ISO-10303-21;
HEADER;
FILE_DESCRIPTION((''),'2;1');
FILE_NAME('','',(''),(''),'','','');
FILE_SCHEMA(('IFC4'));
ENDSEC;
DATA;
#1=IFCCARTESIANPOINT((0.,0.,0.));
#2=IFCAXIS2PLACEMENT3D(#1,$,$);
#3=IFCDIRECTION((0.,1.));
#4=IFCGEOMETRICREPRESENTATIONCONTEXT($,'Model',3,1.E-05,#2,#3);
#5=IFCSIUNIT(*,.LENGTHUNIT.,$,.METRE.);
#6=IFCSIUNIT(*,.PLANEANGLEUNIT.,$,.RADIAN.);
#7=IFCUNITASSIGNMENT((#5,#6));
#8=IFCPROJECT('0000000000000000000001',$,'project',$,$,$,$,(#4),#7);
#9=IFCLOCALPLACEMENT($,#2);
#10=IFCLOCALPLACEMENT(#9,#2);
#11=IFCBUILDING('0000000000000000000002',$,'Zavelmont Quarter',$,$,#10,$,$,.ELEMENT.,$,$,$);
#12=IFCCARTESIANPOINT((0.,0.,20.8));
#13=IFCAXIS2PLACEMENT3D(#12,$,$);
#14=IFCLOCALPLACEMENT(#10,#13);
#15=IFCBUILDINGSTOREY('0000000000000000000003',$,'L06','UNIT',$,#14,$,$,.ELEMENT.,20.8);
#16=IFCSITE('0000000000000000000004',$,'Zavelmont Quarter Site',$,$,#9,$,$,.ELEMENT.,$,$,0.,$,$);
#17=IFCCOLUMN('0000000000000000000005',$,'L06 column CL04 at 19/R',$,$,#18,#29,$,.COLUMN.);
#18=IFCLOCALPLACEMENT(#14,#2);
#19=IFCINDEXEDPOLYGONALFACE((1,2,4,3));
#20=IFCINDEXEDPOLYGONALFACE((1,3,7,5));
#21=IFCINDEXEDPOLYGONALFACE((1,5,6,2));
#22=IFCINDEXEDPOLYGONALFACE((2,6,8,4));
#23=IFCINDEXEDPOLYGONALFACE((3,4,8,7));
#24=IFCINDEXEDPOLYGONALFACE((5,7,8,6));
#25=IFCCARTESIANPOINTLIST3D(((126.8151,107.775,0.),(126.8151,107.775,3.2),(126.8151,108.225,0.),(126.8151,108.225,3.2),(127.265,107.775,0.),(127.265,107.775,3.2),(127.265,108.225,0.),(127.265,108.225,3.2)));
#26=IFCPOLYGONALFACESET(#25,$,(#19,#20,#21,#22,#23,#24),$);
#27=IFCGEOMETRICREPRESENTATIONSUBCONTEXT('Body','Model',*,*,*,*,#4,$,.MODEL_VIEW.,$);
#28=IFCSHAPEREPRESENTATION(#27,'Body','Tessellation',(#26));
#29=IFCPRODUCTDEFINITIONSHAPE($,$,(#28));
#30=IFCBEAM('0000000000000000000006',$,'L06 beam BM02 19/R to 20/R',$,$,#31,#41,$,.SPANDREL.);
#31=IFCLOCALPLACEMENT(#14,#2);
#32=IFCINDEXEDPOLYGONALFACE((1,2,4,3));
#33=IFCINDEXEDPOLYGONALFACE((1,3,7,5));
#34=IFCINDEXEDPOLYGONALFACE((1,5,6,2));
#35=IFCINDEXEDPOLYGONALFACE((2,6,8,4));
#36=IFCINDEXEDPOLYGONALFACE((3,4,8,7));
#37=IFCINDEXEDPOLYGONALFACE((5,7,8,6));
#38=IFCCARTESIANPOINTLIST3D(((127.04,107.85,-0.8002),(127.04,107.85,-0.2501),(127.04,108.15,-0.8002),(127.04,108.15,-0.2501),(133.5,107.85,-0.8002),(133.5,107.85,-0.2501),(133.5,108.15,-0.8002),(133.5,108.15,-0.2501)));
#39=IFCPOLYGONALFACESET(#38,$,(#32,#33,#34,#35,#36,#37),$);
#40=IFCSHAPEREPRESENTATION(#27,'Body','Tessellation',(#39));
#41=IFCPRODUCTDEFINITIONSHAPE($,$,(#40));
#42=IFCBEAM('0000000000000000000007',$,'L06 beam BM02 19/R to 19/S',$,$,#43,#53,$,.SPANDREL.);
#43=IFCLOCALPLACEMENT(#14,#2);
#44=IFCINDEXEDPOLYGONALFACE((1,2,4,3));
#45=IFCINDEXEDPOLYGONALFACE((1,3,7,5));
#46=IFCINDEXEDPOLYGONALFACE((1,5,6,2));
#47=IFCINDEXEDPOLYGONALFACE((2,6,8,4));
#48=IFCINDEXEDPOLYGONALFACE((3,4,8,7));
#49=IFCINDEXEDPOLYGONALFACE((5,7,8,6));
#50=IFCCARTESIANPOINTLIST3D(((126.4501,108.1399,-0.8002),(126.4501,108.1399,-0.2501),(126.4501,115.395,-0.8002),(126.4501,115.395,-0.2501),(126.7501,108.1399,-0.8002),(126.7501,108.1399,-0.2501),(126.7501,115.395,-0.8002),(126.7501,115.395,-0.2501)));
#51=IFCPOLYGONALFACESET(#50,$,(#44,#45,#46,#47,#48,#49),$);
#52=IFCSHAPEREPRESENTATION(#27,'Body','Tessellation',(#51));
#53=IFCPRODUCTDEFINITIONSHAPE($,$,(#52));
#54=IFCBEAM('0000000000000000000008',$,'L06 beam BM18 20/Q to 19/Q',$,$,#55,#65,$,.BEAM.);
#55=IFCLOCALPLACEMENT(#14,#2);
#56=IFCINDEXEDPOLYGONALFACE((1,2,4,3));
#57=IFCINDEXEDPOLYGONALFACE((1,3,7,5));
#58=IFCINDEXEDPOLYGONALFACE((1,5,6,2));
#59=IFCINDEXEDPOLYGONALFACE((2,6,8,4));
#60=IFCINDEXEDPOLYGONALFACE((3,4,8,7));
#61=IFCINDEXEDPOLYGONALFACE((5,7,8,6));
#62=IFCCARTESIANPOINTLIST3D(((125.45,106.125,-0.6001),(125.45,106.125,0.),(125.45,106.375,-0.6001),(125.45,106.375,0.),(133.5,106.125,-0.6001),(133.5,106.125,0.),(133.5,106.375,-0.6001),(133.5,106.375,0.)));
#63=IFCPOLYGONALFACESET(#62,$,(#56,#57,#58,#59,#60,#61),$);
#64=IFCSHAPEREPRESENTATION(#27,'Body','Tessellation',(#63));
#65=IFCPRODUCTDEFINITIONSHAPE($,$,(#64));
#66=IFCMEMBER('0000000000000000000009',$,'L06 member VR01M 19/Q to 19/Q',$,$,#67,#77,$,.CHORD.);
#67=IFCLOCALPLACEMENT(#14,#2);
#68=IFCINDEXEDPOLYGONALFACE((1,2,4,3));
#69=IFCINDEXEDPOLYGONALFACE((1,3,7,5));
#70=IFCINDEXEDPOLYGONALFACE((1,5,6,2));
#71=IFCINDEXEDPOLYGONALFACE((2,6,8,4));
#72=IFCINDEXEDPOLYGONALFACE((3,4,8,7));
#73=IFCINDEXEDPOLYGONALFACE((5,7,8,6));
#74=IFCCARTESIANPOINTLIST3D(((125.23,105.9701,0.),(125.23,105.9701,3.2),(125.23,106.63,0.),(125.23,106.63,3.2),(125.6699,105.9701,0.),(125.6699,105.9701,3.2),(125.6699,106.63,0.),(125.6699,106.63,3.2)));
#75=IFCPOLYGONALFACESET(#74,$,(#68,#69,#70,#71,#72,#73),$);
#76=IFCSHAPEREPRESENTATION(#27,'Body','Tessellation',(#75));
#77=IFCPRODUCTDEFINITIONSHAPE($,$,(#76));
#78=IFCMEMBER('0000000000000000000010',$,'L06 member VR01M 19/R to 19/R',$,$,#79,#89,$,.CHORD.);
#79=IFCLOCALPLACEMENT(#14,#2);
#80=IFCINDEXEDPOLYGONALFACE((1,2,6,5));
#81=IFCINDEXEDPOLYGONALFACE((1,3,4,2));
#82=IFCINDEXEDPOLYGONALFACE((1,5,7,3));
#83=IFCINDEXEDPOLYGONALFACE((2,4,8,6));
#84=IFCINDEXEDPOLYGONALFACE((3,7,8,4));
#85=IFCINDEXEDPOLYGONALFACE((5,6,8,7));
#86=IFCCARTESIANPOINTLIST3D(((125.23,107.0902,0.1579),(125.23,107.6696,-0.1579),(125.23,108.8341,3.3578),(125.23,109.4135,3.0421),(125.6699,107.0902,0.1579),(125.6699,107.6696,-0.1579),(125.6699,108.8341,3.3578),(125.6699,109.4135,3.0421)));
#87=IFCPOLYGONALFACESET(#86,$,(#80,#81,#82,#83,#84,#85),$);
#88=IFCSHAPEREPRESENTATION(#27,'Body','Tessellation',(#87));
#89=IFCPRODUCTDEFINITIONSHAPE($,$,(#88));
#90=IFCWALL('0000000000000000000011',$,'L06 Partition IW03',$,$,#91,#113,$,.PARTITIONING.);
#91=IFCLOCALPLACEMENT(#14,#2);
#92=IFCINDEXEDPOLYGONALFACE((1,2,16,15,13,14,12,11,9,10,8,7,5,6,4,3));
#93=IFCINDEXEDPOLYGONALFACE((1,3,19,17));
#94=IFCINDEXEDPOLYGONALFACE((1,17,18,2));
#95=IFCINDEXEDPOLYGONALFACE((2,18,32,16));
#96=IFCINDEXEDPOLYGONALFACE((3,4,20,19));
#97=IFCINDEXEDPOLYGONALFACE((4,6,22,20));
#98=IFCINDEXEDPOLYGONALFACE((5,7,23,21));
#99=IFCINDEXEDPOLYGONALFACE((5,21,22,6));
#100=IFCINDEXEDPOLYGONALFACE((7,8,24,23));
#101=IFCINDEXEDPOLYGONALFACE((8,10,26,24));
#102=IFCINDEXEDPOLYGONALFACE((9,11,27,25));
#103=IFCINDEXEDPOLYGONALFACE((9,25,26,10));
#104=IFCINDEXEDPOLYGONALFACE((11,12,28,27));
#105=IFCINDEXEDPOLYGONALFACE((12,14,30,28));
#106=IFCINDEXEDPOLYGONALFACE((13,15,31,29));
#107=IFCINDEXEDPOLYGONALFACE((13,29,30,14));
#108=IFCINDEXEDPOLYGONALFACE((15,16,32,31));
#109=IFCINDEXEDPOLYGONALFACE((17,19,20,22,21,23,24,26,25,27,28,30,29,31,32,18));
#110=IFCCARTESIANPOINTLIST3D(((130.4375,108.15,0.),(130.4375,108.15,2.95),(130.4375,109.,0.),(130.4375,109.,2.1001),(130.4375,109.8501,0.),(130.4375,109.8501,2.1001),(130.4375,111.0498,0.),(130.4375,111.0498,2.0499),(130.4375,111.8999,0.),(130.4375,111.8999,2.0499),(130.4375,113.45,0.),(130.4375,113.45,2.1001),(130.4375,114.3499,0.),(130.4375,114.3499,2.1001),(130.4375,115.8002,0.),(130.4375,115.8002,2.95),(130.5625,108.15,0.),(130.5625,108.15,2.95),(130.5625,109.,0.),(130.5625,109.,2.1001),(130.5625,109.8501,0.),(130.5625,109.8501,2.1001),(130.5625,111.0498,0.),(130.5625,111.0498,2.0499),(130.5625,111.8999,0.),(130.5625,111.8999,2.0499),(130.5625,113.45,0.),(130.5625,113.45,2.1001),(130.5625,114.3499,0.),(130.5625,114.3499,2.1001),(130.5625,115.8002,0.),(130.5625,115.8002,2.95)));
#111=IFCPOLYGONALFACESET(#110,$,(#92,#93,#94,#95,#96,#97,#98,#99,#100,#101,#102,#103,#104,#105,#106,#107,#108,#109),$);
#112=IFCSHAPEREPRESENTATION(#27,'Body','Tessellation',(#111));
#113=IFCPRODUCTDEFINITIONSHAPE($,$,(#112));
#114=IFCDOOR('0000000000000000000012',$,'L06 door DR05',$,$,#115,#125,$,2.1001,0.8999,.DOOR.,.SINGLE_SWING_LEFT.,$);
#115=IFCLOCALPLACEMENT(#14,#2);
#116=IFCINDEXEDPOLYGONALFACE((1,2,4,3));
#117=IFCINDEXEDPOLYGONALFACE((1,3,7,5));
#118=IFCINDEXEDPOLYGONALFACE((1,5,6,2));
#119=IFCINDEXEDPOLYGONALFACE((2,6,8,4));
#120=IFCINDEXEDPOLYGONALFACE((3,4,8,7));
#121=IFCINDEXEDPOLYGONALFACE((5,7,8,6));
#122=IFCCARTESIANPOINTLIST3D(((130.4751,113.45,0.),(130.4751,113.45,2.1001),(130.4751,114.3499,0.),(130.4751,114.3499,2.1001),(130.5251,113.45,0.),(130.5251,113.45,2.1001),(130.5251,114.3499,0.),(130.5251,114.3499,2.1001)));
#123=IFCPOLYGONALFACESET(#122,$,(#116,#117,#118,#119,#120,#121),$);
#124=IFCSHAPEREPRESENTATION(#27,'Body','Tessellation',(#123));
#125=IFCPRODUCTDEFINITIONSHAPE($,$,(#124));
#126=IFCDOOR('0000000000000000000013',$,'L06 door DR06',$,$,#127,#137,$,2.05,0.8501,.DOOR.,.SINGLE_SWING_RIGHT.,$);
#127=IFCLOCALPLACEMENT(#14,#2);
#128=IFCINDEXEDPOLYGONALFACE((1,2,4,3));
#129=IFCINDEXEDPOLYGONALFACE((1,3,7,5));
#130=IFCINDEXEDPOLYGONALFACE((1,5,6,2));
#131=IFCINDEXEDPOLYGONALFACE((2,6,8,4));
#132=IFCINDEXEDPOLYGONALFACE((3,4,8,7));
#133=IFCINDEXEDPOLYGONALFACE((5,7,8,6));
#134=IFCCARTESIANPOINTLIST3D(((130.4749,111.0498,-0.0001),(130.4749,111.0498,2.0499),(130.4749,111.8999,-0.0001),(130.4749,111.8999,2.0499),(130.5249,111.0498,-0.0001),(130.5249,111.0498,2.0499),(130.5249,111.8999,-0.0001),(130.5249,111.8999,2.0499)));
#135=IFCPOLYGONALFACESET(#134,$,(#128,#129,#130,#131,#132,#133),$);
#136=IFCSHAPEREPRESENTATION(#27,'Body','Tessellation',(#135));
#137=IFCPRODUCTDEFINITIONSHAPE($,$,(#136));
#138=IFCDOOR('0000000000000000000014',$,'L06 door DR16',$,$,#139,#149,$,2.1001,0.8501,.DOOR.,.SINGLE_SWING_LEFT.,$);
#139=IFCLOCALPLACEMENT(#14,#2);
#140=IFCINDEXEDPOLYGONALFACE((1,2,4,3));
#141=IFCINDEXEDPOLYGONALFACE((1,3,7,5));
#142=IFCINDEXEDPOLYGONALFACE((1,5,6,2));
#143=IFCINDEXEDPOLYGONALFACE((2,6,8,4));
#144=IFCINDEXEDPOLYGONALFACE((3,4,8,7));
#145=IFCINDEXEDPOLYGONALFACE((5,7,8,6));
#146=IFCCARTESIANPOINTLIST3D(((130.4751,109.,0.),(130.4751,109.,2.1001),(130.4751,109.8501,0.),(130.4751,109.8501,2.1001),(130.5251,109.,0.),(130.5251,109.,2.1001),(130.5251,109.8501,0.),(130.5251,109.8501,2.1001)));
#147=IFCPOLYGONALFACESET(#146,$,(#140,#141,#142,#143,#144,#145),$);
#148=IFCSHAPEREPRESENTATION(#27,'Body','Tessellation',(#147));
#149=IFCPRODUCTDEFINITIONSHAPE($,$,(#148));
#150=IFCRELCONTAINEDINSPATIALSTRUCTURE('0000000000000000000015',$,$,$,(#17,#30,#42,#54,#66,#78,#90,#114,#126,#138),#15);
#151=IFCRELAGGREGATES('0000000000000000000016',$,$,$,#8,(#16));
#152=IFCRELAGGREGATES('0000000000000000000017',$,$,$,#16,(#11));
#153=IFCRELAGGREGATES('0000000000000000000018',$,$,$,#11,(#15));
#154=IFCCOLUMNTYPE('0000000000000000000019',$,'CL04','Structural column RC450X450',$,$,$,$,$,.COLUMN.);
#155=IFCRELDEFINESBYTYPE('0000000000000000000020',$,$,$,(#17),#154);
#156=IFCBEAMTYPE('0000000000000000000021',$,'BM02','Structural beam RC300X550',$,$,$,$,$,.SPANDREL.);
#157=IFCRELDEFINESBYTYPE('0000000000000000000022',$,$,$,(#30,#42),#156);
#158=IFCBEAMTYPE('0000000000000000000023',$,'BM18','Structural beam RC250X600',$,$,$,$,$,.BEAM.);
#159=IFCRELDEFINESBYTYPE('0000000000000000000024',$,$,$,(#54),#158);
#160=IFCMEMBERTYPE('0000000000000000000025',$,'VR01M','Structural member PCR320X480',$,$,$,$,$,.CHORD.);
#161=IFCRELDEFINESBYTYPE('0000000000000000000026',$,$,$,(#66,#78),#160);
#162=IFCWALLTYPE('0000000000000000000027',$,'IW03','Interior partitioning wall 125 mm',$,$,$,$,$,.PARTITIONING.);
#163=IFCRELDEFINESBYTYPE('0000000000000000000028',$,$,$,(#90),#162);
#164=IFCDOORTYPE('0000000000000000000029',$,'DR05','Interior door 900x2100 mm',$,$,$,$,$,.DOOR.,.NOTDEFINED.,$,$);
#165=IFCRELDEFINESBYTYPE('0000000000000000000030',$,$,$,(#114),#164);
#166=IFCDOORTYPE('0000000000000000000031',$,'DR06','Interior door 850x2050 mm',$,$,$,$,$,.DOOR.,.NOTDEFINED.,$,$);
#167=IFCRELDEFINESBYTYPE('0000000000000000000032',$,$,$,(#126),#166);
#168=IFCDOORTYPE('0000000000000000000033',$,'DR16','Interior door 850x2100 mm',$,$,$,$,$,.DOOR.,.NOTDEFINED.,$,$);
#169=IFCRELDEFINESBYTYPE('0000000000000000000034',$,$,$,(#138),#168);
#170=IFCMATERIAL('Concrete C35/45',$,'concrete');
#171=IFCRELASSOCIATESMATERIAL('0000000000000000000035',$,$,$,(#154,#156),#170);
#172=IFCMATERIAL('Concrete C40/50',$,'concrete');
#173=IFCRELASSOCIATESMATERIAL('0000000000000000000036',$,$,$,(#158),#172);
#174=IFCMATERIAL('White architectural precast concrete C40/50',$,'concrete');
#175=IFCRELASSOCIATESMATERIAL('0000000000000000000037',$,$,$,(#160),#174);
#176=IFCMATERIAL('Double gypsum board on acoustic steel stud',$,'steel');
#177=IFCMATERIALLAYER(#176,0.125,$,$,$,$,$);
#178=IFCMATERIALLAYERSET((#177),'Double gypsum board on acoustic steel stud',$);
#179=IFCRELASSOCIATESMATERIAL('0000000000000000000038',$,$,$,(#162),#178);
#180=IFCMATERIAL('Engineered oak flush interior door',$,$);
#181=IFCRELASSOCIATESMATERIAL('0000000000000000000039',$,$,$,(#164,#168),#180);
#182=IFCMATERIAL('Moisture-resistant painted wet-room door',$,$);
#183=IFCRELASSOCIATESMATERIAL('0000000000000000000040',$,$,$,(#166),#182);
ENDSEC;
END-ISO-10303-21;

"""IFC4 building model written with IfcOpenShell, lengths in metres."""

from ifc_helpers import new_model, si_unit, direction, frame, frame_2d, origin, origin_with_axes, origin_2d, place, context, subcontext, project, spatial, rectangle, extrude, material, layer, layer_set, material_profile, profile_set, type_object, element, fill, save


model = new_model("IFC4")

# Units and contexts
model_context = context("Model", 3, precision=1e-05, world=origin(), true_north=direction((0.0, 1.0)))
body_context = subcontext(model_context, "Body", "Model", "MODEL_VIEW")
ifc_project = project(units=[si_unit("LENGTHUNIT", "METRE"), si_unit("PLANEANGLEUNIT", "RADIAN")], contexts=[model_context])

# Site, building, storey
site_placement = place(None, origin())
site = spatial("IfcSite", under=ifc_project, at=site_placement, Name="Zavelmont Quarter Site", CompositionType="ELEMENT", RefElevation=0.0)
building_placement = place(site_placement, origin())
building = spatial("IfcBuilding", under=site, at=building_placement, Name="Zavelmont Quarter", CompositionType="ELEMENT")
storey_placement = place(building_placement, frame((0.0, 0.0, 20.8)))
storey = spatial("IfcBuildingStorey", under=building, at=storey_placement, Name="L06", Description="UNIT", CompositionType="ELEMENT", Elevation=20.8)

# Column
ifc_material_1 = material(Name="Concrete C35/45", Category="concrete")
ifc_material_profile_1 = material_profile(ifc_material_1, rectangle(XDim=0.45, YDim=0.45, at=origin_2d()), Name="RC450X450")
ifc_profile_set_1 = profile_set([ifc_material_profile_1], Name="Concrete C35/45")
column_type = type_object("IfcColumnType", Name="CL04", Description="Structural column RC450X450", PredefinedType="COLUMN", material=ifc_profile_set_1)
column_placement = place(storey_placement, frame((127.04, 108.0, 0.0), z_axis=(0.0, 0.0, 1.0), x_axis=(1.0, 0.0, 0.0)))
element("IfcColumn", 1, at=column_placement, inside=storey, type_object=column_type, Name="L06 column CL04 at 19/R", PredefinedType="COLUMN", context=body_context, shape_type="SweptSolid", body=[
    extrude(rectangle(XDim=0.45, YDim=0.45, at=origin_2d()), origin(), (0.0, 0.0, 1.0), 3.2),
])

# Beams
ifc_material_profile_2 = material_profile(ifc_material_1, rectangle(XDim=0.3, YDim=0.55, at=origin_2d()), Name="RC300X550")
ifc_profile_set_2 = profile_set([ifc_material_profile_2], Name="Concrete C35/45")
beam_type_1 = type_object("IfcBeamType", Name="BM02", Description="Structural beam RC300X550", PredefinedType="SPANDREL", material=ifc_profile_set_2)
beam_1_placement = place(storey_placement, frame((127.04, 108.0, -0.5251), z_axis=(1.0, 0.0, 0.0), x_axis=(0.0, 1.0, 0.0)))
element("IfcBeam", 2, at=beam_1_placement, inside=storey, type_object=beam_type_1, Name="L06 beam BM02 19/R to 20/R", PredefinedType="SPANDREL", context=body_context, shape_type="SweptSolid", body=[
    extrude(rectangle(XDim=0.3, YDim=0.55, at=origin_2d()), origin(), (0.0, 0.0, 1.0), 6.46),
])
beam_2_placement = place(storey_placement, frame((126.6001, 108.1399, -0.5251), z_axis=(0.0, 1.0, 0.0), x_axis=(-1.0, 0.0, 0.0)))
element("IfcBeam", 3, at=beam_2_placement, inside=storey, type_object=beam_type_1, Name="L06 beam BM02 19/R to 19/S", PredefinedType="SPANDREL", context=body_context, shape_type="SweptSolid", body=[
    extrude(rectangle(XDim=0.3, YDim=0.55, at=origin_2d()), origin(), (0.0, 0.0, 1.0), 7.2551),
])
ifc_material_2 = material(Name="Concrete C40/50", Category="concrete")
ifc_material_profile_3 = material_profile(ifc_material_2, rectangle(XDim=0.25, YDim=0.6001, at=origin_2d()), Name="RC250X600")
ifc_profile_set_3 = profile_set([ifc_material_profile_3], Name="Concrete C40/50")
beam_type_2 = type_object("IfcBeamType", Name="BM18", Description="Structural beam RC250X600", PredefinedType="BEAM", material=ifc_profile_set_3)
beam_3_placement = place(storey_placement, frame((133.5, 106.25, -0.3), z_axis=(-1.0, 0.0, 0.0), x_axis=(0.0, -1.0, 0.0)))
element("IfcBeam", 4, at=beam_3_placement, inside=storey, type_object=beam_type_2, Name="L06 beam BM18 20/Q to 19/Q", PredefinedType="BEAM", context=body_context, shape_type="SweptSolid", body=[
    extrude(rectangle(XDim=0.25, YDim=0.6001, at=origin_2d()), origin(), (0.0, 0.0, 1.0), 8.05),
])

# Members
ifc_material_3 = material(Name="White architectural precast concrete C40/50", Category="concrete")
ifc_material_profile_4 = material_profile(ifc_material_3, rectangle(XDim=0.4399, YDim=0.6599, at=origin_2d()), Name="PCR320X480")
ifc_profile_set_4 = profile_set([ifc_material_profile_4], Name="White architectural precast concrete C40/50")
member_type = type_object("IfcMemberType", Name="VR01M", Description="Structural member PCR320X480", PredefinedType="CHORD", material=ifc_profile_set_4)
member_1_placement = place(storey_placement, frame((125.45, 106.3, 0.0), z_axis=(0.0, 0.0, 1.0), x_axis=(1.0, 0.0, 0.0)))
element("IfcMember", 5, at=member_1_placement, inside=storey, type_object=member_type, Name="L06 member VR01M 19/Q to 19/Q", PredefinedType="CHORD", context=body_context, shape_type="SweptSolid", body=[
    extrude(rectangle(XDim=0.4399, YDim=0.6599, at=origin_2d()), origin(), (0.0, 0.0, 1.0), 3.2),
])
member_2_placement = place(storey_placement, frame((125.45, 107.3799, 0.0), z_axis=(0.0, 0.478528, 0.878072), x_axis=(-1.0, 0.0, 0.0)))
element("IfcMember", 6, at=member_2_placement, inside=storey, type_object=member_type, Name="L06 member VR01M 19/R to 19/R", PredefinedType="CHORD", context=body_context, shape_type="SweptSolid", body=[
    extrude(rectangle(XDim=0.4399, YDim=0.6599, at=origin_2d()), origin(), (0.0, 0.0, 1.0), 3.6443),
])

# Wall, openings, doors
ifc_material_4 = material(Name="Double gypsum board on acoustic steel stud", Category="steel")
ifc_layer_1 = layer(ifc_material_4, 0.125)
ifc_layer_set_1 = layer_set([ifc_layer_1], Name="Double gypsum board on acoustic steel stud")
wall_type_1 = type_object("IfcWallType", Name="IW03", Description="Interior partitioning wall 125 mm", PredefinedType="PARTITIONING", material=ifc_layer_set_1)
wall_1_placement = place(storey_placement, frame((130.5, 108.1499, 0.0), z_axis=(0.0, 0.0, 1.0), x_axis=(0.0, 1.0, 0.0)))
wall_1 = element("IfcWall", 7, at=wall_1_placement, inside=storey, type_object=wall_type_1, Name="L06 Partition IW03", PredefinedType="PARTITIONING", context=body_context, shape_type="SweptSolid", body=[
    extrude(rectangle(XDim=7.6501, YDim=0.125, at=frame_2d((3.8252, 0.0))), origin(), (0.0, 0.0, 1.0), 2.95),
])
opening_1_placement = place(wall_1_placement, frame((0.8501, 0.0, 0.0)))
opening_1 = element("IfcOpeningElement", 8, at=opening_1_placement, cuts=wall_1, PredefinedType="OPENING", context=body_context, shape_type="SweptSolid", body=[
    extrude(rectangle(XDim=0.8501, YDim=2.1001, at=frame_2d((0.425, 1.05))), frame((0.0, 0.0745, 0.0), z_axis=(0.0, -1.0, 0.0), x_axis=(1.0, 0.0, 0.0)), (0.0, 0.0, 1.0), 0.1489),
])
opening_2_placement = place(wall_1_placement, frame((2.8999, 0.0, 0.0)))
opening_2 = element("IfcOpeningElement", 9, at=opening_2_placement, cuts=wall_1, PredefinedType="OPENING", context=body_context, shape_type="SweptSolid", body=[
    extrude(rectangle(XDim=0.8501, YDim=2.05, at=frame_2d((0.425, 1.0249))), frame((0.0, 0.0745, 0.0), z_axis=(0.0, -1.0, 0.0), x_axis=(1.0, 0.0, 0.0)), (0.0, 0.0, 1.0), 0.1489),
])
opening_3_placement = place(wall_1_placement, frame((5.3, 0.0, 0.0)))
opening_3 = element("IfcOpeningElement", 10, at=opening_3_placement, cuts=wall_1, PredefinedType="OPENING", context=body_context, shape_type="SweptSolid", body=[
    extrude(rectangle(XDim=0.8999, YDim=2.1001, at=frame_2d((0.45, 1.05))), frame((0.0, 0.0745, 0.0), z_axis=(0.0, -1.0, 0.0), x_axis=(1.0, 0.0, 0.0)), (0.0, 0.0, 1.0), 0.1489),
])
ifc_material_5 = material(Name="Engineered oak flush interior door")
door_type_1 = type_object("IfcDoorType", Name="DR05", Description="Interior door 900x2100 mm", OperationType="NOTDEFINED", PredefinedType="DOOR", material=ifc_material_5)
door_1_placement = place(opening_3_placement, origin_with_axes())
door_1 = element("IfcDoor", 11, at=door_1_placement, inside=storey, type_object=door_type_1, Name="L06 door DR05", OperationType="SINGLE_SWING_LEFT", OverallHeight=2.1001, OverallWidth=0.8999, PredefinedType="DOOR", context=body_context, shape_type="SweptSolid", body=[
    extrude(rectangle(XDim=0.8999, YDim=2.1001, at=frame_2d((0.45, 1.05))), frame((0.0, 0.0249, 0.0), z_axis=(0.0, -1.0, 0.0), x_axis=(1.0, 0.0, 0.0)), (0.0, 0.0, 1.0), 0.05),
])
fill(opening_3, door_1)
ifc_material_6 = material(Name="Moisture-resistant painted wet-room door")
door_type_2 = type_object("IfcDoorType", Name="DR06", Description="Interior door 850x2050 mm", OperationType="NOTDEFINED", PredefinedType="DOOR", material=ifc_material_6)
door_2_placement = place(opening_2_placement, frame((0.8501, 0.0, 0.0), z_axis=(0.0, 0.0, 1.0), x_axis=(-1.0, 0.0, 0.0)))
door_2 = element("IfcDoor", 12, at=door_2_placement, inside=storey, type_object=door_type_2, Name="L06 door DR06", OperationType="SINGLE_SWING_RIGHT", OverallHeight=2.05, OverallWidth=0.8501, PredefinedType="DOOR", context=body_context, shape_type="SweptSolid", body=[
    extrude(rectangle(XDim=0.8501, YDim=2.05, at=frame_2d((0.425, 1.0249))), frame((0.0, 0.0249, 0.0), z_axis=(0.0, -1.0, 0.0), x_axis=(1.0, 0.0, 0.0)), (0.0, 0.0, 1.0), 0.05),
])
fill(opening_2, door_2)
door_type_3 = type_object("IfcDoorType", Name="DR16", Description="Interior door 850x2100 mm", OperationType="NOTDEFINED", PredefinedType="DOOR", material=ifc_material_5)
door_3_placement = place(opening_1_placement, origin_with_axes())
door_3 = element("IfcDoor", 13, at=door_3_placement, inside=storey, type_object=door_type_3, Name="L06 door DR16", OperationType="SINGLE_SWING_LEFT", OverallHeight=2.1001, OverallWidth=0.8501, PredefinedType="DOOR", context=body_context, shape_type="SweptSolid", body=[
    extrude(rectangle(XDim=0.8501, YDim=2.1001, at=frame_2d((0.425, 1.05))), frame((0.0, 0.0249, 0.0), z_axis=(0.0, -1.0, 0.0), x_axis=(1.0, 0.0, 0.0)), (0.0, 0.0, 1.0), 0.05),
])
fill(opening_1, door_3)

save(model, "model.ifc")
